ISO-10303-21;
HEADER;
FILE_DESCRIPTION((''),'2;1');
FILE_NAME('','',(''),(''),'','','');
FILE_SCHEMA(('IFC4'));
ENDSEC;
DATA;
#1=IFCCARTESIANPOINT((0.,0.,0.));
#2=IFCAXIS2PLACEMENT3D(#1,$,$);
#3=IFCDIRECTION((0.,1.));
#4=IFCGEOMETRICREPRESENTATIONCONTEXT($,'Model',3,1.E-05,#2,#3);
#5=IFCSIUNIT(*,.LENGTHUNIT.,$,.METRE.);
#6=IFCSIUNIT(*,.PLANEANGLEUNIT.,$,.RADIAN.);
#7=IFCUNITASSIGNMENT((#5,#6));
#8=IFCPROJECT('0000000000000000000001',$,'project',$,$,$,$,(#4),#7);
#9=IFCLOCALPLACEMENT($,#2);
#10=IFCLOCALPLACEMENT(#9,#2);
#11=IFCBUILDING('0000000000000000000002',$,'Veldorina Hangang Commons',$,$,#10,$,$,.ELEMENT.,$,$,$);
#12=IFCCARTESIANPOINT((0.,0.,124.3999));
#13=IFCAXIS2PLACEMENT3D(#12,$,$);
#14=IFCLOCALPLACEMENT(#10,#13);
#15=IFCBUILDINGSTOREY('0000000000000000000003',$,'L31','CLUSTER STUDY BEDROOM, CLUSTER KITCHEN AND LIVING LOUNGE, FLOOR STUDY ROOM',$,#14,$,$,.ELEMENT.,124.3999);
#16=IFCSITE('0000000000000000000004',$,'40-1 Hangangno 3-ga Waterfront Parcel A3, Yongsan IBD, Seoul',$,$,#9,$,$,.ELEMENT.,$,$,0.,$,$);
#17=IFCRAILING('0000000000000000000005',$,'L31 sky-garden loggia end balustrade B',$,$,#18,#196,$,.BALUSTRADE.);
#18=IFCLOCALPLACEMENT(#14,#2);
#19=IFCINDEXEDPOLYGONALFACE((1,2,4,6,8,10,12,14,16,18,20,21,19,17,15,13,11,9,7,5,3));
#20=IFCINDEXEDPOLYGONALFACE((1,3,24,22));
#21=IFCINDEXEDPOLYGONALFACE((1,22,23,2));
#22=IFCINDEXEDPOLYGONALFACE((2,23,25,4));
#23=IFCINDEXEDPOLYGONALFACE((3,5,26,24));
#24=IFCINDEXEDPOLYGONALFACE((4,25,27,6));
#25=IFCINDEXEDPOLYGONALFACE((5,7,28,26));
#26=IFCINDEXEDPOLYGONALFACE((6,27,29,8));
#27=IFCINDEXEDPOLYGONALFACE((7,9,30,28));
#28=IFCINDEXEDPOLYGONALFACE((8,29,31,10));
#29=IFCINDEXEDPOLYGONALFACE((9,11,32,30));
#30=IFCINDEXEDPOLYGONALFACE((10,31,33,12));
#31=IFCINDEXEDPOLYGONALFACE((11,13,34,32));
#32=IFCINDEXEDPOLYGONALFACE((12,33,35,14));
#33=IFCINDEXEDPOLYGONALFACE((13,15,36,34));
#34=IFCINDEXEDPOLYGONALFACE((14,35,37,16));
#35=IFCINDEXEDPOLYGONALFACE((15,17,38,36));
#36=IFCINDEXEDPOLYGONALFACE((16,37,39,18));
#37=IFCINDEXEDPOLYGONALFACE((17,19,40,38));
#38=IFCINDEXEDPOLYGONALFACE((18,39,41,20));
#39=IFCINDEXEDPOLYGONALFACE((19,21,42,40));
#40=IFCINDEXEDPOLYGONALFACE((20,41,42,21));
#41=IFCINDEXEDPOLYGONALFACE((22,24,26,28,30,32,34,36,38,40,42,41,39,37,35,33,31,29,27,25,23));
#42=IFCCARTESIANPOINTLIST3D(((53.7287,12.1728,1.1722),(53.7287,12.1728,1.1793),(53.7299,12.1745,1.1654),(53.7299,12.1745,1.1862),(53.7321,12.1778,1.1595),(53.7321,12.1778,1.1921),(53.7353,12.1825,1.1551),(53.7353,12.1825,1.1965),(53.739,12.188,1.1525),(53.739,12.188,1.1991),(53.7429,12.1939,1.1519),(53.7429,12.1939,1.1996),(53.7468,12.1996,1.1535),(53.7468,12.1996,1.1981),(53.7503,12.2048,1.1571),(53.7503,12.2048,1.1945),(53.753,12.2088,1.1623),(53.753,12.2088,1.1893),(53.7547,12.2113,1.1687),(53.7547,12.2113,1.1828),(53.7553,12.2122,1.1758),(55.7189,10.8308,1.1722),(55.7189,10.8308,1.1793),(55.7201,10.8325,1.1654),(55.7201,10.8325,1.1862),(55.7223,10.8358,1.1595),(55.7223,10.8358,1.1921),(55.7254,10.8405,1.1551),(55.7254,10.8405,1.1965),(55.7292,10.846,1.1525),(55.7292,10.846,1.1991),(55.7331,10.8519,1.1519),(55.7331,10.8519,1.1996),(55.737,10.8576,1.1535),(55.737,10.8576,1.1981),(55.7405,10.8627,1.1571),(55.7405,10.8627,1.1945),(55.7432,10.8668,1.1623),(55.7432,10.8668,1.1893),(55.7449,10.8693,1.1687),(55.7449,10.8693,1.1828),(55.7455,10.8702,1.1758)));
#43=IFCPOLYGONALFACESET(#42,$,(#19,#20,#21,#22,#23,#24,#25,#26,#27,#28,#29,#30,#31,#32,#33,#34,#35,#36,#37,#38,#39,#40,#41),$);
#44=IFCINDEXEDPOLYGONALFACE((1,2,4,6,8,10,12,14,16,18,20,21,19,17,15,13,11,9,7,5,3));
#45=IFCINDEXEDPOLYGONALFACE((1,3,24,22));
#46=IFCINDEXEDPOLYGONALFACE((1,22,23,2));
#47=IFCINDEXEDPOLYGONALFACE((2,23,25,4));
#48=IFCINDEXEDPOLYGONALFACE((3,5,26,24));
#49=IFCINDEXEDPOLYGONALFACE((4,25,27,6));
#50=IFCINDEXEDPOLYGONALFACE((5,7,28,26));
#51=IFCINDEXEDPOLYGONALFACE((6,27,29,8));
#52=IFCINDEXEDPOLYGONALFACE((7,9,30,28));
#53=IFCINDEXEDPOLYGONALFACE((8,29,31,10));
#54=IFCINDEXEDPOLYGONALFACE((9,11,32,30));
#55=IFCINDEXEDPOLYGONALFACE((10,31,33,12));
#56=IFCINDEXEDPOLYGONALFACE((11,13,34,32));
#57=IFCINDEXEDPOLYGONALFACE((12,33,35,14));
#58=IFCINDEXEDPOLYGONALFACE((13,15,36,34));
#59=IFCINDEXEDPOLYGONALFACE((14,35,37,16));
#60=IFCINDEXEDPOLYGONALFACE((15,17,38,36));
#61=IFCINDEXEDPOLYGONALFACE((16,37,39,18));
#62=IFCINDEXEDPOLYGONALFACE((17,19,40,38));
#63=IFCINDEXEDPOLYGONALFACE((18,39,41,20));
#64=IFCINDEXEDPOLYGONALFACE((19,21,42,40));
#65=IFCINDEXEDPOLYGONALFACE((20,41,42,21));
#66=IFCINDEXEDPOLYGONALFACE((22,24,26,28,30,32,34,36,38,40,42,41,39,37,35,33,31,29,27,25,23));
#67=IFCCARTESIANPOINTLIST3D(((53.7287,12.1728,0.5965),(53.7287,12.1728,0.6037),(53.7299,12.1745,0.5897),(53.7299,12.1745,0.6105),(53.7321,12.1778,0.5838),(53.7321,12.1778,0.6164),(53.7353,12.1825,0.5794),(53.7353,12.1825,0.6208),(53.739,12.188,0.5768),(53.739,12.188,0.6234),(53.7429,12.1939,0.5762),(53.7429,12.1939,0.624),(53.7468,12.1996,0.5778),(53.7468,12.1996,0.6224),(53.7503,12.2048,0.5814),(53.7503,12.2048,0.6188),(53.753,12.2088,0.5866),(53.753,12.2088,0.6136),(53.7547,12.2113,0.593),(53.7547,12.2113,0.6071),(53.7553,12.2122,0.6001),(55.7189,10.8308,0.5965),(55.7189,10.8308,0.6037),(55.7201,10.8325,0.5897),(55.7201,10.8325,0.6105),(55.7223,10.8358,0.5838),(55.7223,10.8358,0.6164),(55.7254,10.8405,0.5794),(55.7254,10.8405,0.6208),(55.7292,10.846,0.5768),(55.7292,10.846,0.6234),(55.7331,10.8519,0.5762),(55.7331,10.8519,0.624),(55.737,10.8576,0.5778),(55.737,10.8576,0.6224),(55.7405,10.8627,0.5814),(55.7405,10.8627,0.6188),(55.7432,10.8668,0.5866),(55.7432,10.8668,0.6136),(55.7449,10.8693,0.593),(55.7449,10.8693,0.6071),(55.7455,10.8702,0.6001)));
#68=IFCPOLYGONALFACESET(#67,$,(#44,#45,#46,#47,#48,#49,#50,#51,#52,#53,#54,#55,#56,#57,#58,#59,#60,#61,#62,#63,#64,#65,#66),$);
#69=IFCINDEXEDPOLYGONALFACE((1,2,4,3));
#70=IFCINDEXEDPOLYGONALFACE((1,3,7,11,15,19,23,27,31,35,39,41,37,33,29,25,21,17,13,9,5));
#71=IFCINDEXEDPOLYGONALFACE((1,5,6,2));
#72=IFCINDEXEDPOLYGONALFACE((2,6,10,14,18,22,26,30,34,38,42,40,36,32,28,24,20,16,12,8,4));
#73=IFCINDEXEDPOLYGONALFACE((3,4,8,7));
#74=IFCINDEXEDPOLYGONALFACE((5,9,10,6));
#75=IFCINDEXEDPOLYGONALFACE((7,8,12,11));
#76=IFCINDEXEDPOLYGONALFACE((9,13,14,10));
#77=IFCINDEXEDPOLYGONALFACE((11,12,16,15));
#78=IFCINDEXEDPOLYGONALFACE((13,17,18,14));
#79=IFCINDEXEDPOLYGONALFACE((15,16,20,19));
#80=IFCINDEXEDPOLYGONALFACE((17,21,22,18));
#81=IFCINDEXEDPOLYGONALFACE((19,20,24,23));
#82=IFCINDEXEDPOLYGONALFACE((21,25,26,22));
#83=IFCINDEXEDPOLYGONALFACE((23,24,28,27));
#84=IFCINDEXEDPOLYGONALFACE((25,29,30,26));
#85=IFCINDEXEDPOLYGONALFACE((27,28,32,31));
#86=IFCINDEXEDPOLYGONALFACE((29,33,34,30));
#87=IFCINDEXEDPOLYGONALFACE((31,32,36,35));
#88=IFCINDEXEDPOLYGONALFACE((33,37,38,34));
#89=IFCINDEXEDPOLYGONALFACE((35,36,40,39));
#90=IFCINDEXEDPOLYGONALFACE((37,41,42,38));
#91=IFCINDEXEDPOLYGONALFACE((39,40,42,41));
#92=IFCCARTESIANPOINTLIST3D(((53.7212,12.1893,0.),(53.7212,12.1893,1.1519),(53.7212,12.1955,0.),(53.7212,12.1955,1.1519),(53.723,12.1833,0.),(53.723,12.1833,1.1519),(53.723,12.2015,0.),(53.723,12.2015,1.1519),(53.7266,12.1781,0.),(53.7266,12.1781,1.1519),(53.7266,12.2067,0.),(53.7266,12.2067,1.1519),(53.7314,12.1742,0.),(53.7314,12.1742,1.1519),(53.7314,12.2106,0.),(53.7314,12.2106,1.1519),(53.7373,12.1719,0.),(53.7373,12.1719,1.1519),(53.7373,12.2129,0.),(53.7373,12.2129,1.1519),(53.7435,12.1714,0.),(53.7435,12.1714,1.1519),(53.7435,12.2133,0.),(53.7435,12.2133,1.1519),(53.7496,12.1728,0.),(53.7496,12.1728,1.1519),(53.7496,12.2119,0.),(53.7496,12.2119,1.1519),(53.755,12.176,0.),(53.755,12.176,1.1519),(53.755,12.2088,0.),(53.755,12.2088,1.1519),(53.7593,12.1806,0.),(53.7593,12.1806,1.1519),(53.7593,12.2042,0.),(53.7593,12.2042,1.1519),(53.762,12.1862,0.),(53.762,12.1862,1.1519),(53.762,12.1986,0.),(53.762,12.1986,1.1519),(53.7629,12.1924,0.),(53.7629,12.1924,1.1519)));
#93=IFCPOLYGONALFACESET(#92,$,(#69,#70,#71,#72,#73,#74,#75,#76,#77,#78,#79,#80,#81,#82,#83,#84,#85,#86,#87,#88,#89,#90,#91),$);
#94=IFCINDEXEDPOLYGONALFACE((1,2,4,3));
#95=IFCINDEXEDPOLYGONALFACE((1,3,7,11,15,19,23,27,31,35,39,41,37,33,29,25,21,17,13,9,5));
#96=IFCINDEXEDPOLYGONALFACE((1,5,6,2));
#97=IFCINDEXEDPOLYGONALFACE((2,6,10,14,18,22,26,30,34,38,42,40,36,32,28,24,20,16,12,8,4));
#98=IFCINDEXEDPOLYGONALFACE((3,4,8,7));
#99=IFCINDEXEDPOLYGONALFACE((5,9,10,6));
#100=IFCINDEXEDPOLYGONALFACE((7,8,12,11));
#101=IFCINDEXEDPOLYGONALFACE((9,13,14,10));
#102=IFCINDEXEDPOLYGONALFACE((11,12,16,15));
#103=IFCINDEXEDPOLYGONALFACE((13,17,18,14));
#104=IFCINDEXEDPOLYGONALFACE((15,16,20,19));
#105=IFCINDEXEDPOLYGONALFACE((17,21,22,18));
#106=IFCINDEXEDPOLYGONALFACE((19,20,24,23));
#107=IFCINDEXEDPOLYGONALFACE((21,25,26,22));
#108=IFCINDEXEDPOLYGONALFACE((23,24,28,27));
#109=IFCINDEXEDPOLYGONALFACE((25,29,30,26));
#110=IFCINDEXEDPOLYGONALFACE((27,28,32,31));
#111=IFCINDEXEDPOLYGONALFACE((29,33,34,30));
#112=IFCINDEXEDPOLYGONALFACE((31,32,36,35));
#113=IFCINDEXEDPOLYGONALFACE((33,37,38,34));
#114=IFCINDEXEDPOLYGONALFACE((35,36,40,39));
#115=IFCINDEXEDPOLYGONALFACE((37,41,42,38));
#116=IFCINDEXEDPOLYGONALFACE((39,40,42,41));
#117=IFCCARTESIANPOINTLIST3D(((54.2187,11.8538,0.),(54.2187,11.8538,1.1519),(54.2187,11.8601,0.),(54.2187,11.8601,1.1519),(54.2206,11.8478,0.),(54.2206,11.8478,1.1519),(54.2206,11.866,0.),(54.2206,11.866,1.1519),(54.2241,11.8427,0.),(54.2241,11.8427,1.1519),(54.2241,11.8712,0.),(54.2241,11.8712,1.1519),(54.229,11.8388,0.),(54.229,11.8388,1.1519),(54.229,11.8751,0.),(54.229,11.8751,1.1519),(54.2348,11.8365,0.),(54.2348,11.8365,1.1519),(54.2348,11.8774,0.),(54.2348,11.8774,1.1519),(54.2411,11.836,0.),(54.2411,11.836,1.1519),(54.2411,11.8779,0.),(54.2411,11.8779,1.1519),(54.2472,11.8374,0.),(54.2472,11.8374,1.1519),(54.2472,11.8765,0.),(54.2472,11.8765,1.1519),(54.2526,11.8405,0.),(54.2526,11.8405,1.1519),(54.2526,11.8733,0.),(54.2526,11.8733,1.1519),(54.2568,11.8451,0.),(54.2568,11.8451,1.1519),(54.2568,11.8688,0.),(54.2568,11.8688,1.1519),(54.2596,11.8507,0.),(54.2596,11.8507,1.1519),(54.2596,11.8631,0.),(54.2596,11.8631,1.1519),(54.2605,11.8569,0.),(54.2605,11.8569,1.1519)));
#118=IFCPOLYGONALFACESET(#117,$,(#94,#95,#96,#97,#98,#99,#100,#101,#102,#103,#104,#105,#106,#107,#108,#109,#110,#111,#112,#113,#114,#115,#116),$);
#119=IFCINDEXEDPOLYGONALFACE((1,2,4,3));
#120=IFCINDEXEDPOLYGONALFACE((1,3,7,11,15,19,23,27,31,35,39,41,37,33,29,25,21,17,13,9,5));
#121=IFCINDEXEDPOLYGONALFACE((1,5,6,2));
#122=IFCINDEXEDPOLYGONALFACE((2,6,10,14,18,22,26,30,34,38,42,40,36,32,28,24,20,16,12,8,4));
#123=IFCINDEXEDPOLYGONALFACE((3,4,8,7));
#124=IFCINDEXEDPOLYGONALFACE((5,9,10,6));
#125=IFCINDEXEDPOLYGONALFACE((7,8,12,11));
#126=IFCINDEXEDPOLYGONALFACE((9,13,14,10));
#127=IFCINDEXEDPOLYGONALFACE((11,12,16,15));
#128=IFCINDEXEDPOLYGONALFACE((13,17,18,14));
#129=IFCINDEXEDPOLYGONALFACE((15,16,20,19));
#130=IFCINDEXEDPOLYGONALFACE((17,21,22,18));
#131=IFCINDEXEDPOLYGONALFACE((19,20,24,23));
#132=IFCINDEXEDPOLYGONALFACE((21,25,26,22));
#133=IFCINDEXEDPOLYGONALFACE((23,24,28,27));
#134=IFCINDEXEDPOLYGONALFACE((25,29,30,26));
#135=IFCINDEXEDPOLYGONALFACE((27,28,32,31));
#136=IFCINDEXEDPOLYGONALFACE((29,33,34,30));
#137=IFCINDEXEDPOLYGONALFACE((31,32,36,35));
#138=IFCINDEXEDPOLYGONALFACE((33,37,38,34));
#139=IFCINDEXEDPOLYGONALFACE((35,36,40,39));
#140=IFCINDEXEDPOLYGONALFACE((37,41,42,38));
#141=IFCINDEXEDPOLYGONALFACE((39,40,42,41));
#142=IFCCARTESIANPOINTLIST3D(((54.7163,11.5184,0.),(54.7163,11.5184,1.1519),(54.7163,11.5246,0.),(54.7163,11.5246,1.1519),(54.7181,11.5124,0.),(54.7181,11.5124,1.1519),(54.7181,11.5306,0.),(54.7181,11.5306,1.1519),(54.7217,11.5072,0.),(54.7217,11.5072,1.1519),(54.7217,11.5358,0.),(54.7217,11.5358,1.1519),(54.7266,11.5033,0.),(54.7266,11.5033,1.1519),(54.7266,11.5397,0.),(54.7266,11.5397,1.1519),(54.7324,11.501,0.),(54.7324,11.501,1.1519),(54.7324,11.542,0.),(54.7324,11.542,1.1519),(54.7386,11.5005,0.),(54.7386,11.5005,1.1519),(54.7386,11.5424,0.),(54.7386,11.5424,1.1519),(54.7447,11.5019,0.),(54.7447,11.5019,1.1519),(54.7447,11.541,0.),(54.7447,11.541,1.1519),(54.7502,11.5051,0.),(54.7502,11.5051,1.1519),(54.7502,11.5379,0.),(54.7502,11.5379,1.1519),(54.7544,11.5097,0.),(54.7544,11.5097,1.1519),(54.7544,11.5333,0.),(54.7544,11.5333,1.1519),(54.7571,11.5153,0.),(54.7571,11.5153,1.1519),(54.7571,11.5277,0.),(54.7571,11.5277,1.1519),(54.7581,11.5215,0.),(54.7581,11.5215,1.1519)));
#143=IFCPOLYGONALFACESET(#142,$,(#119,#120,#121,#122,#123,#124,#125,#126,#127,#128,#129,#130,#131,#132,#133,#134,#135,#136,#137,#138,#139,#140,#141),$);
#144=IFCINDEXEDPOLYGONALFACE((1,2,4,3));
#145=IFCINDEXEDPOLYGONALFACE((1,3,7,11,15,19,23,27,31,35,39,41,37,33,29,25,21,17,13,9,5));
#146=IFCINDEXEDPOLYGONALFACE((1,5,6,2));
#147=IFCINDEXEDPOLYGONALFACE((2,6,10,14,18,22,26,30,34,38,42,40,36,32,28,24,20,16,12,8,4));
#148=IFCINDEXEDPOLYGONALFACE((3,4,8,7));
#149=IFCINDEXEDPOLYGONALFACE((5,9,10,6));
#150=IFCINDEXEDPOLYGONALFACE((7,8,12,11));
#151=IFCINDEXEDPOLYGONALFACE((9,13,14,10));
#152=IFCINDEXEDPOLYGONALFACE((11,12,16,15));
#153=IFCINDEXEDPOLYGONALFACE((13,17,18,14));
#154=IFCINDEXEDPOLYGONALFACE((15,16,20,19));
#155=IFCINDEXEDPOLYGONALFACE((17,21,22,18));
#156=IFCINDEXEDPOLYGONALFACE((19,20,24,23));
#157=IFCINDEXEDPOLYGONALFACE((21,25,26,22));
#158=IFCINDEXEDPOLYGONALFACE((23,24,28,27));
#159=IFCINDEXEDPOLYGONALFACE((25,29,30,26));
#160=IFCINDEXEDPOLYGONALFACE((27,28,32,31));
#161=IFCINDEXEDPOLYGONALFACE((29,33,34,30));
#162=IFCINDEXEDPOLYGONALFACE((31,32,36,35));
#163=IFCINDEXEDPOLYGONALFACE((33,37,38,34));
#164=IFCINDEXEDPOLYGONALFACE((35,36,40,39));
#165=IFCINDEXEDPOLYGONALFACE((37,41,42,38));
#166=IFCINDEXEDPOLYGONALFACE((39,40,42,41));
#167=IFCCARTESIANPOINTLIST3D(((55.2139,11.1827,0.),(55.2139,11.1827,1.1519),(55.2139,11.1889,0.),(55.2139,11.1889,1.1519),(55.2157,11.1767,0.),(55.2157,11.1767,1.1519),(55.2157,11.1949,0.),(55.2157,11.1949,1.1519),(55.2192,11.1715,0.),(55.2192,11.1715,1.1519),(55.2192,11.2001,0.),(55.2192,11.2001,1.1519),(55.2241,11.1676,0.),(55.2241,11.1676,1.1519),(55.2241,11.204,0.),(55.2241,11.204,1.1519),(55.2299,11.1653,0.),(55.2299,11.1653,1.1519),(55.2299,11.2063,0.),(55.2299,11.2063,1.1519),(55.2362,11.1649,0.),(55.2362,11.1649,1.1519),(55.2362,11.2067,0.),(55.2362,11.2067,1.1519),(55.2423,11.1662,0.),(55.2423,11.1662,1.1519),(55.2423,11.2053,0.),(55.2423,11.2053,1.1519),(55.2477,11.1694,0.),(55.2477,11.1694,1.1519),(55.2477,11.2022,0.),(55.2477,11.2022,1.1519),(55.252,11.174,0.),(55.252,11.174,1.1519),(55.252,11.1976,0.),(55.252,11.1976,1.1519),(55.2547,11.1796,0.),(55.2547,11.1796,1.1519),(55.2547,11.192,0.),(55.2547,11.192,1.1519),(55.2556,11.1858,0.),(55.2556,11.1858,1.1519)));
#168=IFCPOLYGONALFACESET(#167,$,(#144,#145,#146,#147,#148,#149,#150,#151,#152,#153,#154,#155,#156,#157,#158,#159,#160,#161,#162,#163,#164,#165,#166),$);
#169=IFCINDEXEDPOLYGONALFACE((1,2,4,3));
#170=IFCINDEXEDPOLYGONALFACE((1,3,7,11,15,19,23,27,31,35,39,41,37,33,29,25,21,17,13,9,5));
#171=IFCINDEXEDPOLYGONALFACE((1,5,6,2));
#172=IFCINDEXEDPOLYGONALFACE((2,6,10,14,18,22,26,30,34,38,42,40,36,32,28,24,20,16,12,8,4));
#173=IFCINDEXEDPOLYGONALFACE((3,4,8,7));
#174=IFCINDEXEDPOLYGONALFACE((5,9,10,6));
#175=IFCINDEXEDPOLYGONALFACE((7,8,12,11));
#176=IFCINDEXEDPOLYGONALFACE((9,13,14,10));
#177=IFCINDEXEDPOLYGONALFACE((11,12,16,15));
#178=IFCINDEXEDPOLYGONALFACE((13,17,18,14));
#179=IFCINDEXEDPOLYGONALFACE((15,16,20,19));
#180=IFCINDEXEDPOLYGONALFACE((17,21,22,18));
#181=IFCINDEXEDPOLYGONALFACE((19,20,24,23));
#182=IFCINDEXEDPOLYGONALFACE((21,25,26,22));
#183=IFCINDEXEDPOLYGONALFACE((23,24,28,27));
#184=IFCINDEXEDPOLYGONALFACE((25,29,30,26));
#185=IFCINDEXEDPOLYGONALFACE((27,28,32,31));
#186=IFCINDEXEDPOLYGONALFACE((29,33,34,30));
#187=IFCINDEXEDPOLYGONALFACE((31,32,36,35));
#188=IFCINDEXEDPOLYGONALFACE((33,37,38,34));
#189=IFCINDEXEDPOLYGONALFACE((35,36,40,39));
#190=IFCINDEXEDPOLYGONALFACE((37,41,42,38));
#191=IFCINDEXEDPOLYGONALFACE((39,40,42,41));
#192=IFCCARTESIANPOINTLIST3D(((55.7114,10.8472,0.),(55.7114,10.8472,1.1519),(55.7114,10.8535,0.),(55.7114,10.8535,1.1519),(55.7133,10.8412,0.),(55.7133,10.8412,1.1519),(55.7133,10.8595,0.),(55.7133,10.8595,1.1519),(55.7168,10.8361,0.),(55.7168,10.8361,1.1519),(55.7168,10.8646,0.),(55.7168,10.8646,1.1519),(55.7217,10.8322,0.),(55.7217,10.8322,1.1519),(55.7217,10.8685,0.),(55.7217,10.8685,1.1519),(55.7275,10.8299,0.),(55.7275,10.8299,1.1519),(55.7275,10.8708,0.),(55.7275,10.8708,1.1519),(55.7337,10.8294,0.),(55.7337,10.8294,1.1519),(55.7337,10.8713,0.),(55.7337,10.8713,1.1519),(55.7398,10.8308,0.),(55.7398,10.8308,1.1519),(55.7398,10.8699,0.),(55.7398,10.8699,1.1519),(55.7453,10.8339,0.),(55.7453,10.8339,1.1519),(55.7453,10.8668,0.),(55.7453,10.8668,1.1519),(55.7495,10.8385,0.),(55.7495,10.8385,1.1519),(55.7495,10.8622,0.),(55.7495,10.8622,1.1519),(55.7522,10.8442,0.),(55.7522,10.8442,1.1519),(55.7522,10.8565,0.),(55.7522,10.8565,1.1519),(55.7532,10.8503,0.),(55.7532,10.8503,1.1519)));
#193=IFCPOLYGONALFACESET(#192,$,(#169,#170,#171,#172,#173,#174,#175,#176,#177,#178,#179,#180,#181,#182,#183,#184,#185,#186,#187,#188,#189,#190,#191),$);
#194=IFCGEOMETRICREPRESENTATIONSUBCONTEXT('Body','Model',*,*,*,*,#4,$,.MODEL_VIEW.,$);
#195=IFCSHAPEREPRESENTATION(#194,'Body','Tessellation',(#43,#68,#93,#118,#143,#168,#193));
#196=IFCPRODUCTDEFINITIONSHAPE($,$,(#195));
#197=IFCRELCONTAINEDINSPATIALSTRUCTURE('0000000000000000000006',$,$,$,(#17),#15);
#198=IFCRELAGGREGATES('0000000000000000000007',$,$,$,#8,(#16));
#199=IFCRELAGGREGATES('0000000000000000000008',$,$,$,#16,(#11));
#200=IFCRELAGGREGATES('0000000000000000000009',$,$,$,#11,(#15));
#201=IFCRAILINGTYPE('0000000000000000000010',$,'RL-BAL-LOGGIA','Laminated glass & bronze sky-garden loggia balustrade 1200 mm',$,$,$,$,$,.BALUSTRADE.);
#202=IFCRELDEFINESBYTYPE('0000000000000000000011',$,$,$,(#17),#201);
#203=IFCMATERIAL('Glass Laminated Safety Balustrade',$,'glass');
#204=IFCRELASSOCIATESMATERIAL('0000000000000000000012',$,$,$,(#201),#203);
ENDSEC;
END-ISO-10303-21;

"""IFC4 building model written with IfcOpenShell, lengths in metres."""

from ifc_helpers import new_model, si_unit, direction, frame, origin, origin_2d, place, context, subcontext, project, spatial, circle, extrude, material, type_object, element, save


model = new_model("IFC4")

# Units and contexts
model_context = context("Model", 3, precision=1e-05, world=origin(), true_north=direction((0.0, 1.0)))
body_context = subcontext(model_context, "Body", "Model", "MODEL_VIEW")
ifc_project = project(units=[si_unit("LENGTHUNIT", "METRE"), si_unit("PLANEANGLEUNIT", "RADIAN")], contexts=[model_context])

# Site, building, storey
site_placement = place(None, origin())
site = spatial("IfcSite", under=ifc_project, at=site_placement, Name="40-1 Hangangno 3-ga Waterfront Parcel A3, Yongsan IBD, Seoul", CompositionType="ELEMENT", RefElevation=0.0)
building_placement = place(site_placement, origin())
building = spatial("IfcBuilding", under=site, at=building_placement, Name="Veldorina Hangang Commons", CompositionType="ELEMENT")
storey_placement = place(building_placement, frame((0.0, 0.0, 124.3999)))
storey = spatial("IfcBuildingStorey", under=building, at=storey_placement, Name="L31", Description="CLUSTER STUDY BEDROOM, CLUSTER KITCHEN AND LIVING LOUNGE, FLOOR STUDY ROOM", CompositionType="ELEMENT", Elevation=124.3999)

# Railing
ifc_material_1 = material(Name="Glass Laminated Safety Balustrade", Category="glass")
railing_type = type_object("IfcRailingType", Name="RL-BAL-LOGGIA", Description="Laminated glass & bronze sky-garden loggia balustrade 1200 mm", PredefinedType="BALUSTRADE", material=ifc_material_1)
railing_1_placement = place(storey_placement, frame((53.7419, 12.1924, 0.0)))
element("IfcRailing", 1, at=railing_1_placement, inside=storey, type_object=railing_type, Name="L31 sky-garden loggia end balustrade B", PredefinedType="BALUSTRADE", context=body_context, shape_type="SweptSolid", body=[
    extrude(circle(Radius=0.0239, at=origin_2d()), frame((0.0, 0.0, 1.1758), z_axis=(0.829113, -0.559082, 0.0), x_axis=(0.559082, 0.829113, 0.0)), (0.0, 0.0, 1.0), 2.4004),
    extrude(circle(Radius=0.0239, at=origin_2d()), frame((0.0, 0.0, 0.6001), z_axis=(0.829113, -0.559082, 0.0), x_axis=(0.559082, 0.829113, 0.0)), (0.0, 0.0, 1.0), 2.4004),
    extrude(circle(Radius=0.021, at=origin_2d()), origin(), (0.0, 0.0, 1.0), 1.1519),
    extrude(circle(Radius=0.021, at=origin_2d()), frame((0.4976, -0.3354, 0.0)), (0.0, 0.0, 1.0), 1.1519),
    extrude(circle(Radius=0.021, at=origin_2d()), frame((0.9951, -0.6709, 0.0)), (0.0, 0.0, 1.0), 1.1519),
    extrude(circle(Radius=0.021, at=origin_2d()), frame((1.4927, -1.0066, 0.0)), (0.0, 0.0, 1.0), 1.1519),
    extrude(circle(Radius=0.021, at=origin_2d()), frame((1.9902, -1.342, 0.0)), (0.0, 0.0, 1.0), 1.1519),
])

save(model, "model.ifc")
